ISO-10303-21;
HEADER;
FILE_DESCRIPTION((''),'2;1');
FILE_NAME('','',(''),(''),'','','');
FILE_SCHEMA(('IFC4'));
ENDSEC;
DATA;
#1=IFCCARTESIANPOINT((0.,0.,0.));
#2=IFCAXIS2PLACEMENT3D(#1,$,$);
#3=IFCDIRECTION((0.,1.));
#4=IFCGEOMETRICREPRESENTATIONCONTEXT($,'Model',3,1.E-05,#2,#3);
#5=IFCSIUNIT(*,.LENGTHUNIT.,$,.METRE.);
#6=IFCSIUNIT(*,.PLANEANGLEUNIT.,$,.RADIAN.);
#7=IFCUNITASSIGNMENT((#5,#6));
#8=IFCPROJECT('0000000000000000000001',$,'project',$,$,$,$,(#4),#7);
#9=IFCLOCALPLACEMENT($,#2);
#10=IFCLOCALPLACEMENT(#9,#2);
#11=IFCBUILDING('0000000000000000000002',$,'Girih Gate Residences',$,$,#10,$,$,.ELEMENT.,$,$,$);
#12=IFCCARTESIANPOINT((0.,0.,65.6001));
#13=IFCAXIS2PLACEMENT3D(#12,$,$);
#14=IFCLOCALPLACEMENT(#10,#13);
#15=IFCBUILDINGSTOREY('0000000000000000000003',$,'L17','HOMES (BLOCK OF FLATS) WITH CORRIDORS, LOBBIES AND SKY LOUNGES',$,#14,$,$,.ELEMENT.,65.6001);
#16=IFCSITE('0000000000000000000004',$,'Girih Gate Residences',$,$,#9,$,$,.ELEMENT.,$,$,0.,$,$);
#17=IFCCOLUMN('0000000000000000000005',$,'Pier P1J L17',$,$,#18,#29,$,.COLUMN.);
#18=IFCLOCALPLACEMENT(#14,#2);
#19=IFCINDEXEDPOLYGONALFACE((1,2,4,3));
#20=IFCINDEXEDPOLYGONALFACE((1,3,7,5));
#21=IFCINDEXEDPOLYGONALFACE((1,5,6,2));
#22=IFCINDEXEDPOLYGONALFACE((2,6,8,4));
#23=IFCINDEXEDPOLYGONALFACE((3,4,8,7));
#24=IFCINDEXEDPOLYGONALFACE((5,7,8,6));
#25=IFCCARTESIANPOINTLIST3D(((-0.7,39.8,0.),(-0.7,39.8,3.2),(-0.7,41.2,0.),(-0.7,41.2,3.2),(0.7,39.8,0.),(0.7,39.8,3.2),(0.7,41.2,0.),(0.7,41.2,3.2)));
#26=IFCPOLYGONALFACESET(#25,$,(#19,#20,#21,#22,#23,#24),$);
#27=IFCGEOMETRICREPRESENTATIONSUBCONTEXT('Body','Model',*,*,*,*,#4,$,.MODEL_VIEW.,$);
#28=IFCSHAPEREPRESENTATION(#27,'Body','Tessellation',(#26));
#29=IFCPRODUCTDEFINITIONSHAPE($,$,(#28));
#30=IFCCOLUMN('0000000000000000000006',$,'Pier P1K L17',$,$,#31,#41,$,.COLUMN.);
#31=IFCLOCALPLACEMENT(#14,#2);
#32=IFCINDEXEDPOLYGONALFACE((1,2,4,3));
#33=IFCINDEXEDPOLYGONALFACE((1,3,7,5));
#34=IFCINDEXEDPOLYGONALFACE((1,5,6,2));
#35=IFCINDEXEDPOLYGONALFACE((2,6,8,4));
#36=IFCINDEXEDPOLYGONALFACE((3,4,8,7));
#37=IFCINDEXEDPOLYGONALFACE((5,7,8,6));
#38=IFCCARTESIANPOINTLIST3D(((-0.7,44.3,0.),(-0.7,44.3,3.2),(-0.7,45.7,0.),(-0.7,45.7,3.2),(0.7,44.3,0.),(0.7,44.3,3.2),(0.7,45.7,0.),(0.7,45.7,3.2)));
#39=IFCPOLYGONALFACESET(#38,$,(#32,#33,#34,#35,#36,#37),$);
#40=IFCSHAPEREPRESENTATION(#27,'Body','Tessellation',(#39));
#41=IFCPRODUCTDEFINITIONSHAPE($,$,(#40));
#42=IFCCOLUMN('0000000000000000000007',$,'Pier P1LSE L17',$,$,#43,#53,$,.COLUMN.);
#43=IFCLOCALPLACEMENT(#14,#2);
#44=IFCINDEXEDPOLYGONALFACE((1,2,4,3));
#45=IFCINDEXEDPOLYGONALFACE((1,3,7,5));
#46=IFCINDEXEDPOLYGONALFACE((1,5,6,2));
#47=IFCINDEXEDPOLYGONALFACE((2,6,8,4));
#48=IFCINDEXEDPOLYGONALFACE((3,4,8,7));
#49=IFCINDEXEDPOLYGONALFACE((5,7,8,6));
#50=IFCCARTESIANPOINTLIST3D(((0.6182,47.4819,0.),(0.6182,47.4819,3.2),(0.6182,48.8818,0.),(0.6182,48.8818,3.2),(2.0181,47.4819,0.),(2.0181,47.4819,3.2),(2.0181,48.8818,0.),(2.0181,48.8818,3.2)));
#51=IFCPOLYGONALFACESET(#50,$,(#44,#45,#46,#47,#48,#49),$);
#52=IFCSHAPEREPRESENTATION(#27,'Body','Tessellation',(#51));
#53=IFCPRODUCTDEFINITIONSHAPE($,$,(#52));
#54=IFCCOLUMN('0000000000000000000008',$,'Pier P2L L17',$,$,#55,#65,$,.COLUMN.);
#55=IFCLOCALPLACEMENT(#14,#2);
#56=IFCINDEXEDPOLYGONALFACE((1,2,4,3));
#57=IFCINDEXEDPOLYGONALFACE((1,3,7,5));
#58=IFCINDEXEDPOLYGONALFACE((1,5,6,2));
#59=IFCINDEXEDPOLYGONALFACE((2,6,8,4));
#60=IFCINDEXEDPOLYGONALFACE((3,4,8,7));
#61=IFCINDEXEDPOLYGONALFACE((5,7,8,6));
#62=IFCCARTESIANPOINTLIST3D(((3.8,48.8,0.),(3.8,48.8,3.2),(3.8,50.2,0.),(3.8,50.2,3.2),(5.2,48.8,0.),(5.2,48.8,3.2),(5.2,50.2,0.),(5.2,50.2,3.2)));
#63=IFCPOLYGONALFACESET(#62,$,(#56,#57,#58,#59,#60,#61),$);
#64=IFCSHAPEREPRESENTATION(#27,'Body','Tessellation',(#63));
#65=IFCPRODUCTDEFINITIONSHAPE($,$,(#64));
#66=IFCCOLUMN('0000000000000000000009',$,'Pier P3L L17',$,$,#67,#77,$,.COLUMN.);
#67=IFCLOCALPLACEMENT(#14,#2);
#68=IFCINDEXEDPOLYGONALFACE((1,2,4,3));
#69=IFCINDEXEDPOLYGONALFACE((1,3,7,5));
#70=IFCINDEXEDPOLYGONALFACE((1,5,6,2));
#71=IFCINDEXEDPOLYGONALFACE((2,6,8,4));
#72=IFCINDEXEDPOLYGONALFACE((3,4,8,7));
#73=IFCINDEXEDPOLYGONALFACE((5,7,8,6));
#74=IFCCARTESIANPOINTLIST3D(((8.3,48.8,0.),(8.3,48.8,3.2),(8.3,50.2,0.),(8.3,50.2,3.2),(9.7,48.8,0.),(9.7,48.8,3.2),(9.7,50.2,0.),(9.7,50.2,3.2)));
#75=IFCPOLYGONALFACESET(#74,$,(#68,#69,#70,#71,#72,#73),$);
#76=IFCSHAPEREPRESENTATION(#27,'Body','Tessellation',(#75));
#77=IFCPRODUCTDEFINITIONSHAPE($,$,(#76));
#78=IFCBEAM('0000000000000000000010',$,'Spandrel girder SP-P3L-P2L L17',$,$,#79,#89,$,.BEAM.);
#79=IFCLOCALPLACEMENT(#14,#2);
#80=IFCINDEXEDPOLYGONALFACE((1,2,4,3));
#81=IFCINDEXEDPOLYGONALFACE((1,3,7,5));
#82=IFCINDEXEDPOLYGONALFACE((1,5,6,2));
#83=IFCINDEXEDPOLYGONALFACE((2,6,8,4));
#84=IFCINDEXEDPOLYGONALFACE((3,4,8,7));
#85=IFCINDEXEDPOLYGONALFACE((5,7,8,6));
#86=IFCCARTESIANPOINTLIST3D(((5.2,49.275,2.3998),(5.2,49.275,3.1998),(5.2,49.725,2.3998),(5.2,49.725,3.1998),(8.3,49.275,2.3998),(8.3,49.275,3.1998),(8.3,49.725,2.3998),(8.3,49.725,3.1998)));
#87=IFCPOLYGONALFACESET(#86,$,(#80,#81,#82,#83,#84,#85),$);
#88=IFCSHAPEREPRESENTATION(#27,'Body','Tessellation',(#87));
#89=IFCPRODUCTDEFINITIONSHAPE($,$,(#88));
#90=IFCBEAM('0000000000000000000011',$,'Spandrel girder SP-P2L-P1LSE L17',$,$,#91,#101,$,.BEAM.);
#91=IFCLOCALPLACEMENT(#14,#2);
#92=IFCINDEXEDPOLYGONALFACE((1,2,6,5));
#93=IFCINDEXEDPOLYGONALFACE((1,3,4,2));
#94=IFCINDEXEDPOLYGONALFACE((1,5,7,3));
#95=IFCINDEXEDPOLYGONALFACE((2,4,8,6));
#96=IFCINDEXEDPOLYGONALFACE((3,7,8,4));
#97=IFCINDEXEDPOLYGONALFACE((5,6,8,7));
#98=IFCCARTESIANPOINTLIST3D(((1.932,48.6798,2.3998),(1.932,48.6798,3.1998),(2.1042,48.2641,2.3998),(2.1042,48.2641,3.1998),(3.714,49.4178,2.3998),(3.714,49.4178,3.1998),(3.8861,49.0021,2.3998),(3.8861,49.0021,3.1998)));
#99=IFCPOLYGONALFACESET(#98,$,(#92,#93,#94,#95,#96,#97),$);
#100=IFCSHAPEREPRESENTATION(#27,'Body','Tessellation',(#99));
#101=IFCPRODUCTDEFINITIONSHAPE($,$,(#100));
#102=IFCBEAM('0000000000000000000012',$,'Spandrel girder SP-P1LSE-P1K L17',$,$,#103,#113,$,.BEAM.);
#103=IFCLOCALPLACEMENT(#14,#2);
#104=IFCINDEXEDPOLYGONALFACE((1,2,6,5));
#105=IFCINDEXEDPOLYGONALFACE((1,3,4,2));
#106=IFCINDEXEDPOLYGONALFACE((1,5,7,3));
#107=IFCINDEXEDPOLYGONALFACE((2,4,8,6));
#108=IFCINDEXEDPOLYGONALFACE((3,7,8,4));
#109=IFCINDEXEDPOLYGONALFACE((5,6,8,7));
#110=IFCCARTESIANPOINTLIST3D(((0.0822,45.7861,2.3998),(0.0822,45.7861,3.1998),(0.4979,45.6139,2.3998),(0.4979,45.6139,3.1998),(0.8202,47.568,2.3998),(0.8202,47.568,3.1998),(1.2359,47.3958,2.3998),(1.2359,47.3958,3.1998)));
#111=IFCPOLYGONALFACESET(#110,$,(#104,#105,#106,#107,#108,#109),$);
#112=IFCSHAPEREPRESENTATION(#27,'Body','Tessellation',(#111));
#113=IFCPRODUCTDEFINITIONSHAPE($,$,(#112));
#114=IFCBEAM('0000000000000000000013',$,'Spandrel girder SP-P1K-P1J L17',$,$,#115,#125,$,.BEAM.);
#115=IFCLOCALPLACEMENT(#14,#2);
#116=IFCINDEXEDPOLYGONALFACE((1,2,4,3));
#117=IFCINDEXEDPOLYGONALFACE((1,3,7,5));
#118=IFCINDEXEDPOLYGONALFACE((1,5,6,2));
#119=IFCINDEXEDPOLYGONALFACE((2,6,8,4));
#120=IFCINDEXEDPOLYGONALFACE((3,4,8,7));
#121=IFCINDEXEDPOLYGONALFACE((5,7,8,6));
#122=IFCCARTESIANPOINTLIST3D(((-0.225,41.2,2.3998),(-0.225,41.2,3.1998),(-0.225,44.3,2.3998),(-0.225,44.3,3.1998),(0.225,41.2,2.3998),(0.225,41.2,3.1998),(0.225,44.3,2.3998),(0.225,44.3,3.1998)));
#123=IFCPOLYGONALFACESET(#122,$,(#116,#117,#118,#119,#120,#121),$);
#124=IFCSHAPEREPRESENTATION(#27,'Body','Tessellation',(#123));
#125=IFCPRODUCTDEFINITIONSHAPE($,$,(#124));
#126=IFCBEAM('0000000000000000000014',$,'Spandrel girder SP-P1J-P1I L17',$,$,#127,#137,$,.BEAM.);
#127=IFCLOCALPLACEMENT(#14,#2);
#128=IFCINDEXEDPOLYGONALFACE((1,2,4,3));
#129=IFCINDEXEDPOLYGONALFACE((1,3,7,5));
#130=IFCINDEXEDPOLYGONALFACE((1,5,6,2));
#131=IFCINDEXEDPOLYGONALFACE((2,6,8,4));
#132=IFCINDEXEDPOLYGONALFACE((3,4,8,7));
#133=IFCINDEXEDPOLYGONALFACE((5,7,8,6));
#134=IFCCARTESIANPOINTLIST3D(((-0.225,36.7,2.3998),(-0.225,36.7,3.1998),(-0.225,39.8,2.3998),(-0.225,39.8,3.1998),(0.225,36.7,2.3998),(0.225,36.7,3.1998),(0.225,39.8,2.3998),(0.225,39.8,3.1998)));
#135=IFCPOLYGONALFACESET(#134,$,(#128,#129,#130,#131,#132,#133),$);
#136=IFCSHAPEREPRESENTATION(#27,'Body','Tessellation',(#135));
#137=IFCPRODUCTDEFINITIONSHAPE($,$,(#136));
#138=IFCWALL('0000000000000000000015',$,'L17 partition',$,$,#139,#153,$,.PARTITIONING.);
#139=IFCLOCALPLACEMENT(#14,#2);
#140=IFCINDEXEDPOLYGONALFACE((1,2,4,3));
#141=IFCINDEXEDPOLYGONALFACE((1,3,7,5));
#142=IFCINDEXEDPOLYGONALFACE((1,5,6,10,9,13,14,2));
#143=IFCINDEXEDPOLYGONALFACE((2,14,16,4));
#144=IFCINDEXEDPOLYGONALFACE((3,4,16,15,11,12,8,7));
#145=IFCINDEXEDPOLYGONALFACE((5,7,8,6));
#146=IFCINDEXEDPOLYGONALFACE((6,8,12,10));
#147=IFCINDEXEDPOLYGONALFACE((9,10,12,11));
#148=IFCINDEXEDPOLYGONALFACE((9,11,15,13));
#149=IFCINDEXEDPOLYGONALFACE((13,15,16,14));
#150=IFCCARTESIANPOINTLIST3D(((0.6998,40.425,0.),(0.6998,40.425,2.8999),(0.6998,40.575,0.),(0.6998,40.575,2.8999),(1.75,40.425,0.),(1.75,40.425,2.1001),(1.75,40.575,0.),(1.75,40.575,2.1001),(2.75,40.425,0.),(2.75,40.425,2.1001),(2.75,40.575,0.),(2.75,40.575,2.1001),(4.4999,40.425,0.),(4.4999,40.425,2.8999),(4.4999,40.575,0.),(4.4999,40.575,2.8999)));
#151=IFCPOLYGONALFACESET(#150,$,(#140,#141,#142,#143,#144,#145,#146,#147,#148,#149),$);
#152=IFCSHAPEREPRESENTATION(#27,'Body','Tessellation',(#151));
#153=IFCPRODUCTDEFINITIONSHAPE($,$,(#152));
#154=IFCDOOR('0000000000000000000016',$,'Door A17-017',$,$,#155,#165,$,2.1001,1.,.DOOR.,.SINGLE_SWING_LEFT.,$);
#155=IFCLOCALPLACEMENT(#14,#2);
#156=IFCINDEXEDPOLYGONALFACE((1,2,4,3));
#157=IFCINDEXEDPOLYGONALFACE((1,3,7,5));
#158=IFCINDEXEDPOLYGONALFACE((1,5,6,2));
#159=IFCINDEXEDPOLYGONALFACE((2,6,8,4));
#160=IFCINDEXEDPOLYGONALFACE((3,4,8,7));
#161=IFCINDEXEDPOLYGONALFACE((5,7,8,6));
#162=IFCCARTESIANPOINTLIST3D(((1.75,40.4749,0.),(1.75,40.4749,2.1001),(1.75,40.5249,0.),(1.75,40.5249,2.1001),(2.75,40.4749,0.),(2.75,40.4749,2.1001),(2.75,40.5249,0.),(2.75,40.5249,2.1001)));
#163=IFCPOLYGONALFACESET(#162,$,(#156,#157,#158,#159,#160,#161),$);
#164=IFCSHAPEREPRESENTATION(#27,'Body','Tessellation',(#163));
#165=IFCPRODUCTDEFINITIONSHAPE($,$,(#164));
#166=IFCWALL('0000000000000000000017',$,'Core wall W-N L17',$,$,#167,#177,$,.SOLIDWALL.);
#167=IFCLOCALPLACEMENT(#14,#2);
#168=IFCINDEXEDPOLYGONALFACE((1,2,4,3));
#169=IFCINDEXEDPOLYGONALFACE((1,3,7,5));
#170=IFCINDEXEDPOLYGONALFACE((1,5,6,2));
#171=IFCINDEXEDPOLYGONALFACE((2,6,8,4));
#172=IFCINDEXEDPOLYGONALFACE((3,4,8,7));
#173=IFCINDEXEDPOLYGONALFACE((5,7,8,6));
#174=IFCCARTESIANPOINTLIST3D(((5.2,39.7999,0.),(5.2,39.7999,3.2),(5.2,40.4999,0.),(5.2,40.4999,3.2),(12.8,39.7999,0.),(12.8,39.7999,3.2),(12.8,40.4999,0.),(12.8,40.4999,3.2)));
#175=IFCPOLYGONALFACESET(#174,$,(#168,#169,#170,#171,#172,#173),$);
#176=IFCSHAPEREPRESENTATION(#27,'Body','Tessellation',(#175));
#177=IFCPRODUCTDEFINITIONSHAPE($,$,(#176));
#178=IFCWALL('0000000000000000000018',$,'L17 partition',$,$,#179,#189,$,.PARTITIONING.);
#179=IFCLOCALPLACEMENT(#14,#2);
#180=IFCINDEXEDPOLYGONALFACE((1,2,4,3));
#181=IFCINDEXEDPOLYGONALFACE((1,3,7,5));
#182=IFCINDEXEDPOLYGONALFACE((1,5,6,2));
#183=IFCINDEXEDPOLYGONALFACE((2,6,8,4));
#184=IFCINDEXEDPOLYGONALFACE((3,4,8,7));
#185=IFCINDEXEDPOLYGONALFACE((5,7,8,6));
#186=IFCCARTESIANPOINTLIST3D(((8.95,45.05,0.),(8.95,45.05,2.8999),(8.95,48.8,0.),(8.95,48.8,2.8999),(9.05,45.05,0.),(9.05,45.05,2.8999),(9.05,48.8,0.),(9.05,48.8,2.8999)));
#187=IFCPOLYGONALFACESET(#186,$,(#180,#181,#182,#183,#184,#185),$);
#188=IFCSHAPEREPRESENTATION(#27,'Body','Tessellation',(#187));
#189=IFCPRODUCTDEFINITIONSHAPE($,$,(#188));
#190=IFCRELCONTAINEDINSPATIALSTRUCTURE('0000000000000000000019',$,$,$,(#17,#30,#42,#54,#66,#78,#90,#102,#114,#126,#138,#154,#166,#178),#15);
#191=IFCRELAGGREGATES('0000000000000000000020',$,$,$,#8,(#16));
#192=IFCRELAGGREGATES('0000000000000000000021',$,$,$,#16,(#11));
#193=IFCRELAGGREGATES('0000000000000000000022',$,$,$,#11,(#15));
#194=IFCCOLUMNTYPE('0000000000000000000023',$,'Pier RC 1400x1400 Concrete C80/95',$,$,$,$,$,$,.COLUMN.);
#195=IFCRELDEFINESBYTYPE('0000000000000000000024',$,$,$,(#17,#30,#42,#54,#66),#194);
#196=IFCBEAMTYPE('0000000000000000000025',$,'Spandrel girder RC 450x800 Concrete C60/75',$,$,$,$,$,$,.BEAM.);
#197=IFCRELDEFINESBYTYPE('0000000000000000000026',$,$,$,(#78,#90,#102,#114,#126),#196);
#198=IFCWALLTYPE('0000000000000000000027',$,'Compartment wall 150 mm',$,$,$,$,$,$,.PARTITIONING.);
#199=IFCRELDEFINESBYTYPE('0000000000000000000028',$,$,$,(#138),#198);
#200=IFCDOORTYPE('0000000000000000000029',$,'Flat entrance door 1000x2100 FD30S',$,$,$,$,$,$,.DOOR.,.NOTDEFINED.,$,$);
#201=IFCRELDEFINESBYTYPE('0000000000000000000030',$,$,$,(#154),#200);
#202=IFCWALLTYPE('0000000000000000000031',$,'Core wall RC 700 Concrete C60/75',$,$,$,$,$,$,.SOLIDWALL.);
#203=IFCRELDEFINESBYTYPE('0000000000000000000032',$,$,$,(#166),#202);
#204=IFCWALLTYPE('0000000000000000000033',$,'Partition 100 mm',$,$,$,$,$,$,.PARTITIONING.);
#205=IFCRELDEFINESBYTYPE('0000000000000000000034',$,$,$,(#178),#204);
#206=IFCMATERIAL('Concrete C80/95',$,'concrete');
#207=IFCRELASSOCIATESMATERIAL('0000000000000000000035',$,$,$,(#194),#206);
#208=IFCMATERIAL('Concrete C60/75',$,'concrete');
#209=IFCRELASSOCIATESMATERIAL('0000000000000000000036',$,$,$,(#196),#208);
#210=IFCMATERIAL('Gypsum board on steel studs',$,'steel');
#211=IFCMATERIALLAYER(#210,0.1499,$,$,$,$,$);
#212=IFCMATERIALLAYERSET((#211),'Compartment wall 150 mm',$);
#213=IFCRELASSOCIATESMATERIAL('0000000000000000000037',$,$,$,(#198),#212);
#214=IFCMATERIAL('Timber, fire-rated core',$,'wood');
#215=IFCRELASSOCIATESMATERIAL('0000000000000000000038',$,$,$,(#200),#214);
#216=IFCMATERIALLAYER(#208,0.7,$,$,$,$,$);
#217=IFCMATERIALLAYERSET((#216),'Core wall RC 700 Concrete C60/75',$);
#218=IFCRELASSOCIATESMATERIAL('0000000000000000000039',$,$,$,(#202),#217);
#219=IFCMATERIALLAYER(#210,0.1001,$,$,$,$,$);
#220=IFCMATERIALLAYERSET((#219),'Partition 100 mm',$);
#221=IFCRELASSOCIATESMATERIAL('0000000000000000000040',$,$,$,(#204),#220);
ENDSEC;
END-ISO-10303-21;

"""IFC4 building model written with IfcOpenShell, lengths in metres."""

from ifc_helpers import new_model, si_unit, direction, frame, frame_2d, origin, origin_2d, place, context, subcontext, project, spatial, rectangle, extrude, material, layer, layer_set, material_profile, profile_set, type_object, element, fill, save


model = new_model("IFC4")

# Units and contexts
model_context = context("Model", 3, precision=1e-05, world=origin(), true_north=direction((0.0, 1.0)))
body_context = subcontext(model_context, "Body", "Model", "MODEL_VIEW")
ifc_project = project(units=[si_unit("LENGTHUNIT", "METRE"), si_unit("PLANEANGLEUNIT", "RADIAN")], contexts=[model_context])

# Site, building, storey
site_placement = place(None, origin())
site = spatial("IfcSite", under=ifc_project, at=site_placement, Name="Girih Gate Residences", CompositionType="ELEMENT", RefElevation=0.0)
building_placement = place(site_placement, origin())
building = spatial("IfcBuilding", under=site, at=building_placement, Name="Girih Gate Residences", CompositionType="ELEMENT")
storey_placement = place(building_placement, frame((0.0, 0.0, 65.6001)))
storey = spatial("IfcBuildingStorey", under=building, at=storey_placement, Name="L17", Description="HOMES (BLOCK OF FLATS) WITH CORRIDORS, LOBBIES AND SKY LOUNGES", CompositionType="ELEMENT", Elevation=65.6001)

# Columns
ifc_material_1 = material(Name="Concrete C80/95", Category="concrete")
ifc_material_profile_1 = material_profile(ifc_material_1, rectangle(XDim=1.3999, YDim=1.3999, at=origin_2d()))
ifc_profile_set_1 = profile_set([ifc_material_profile_1], Name="Concrete C80/95")
column_type = type_object("IfcColumnType", Name="Pier RC 1400x1400 Concrete C80/95", PredefinedType="COLUMN", material=ifc_profile_set_1)
for number, where, z_axis, x_axis, name in (
    (1, (0.0, 40.5, 0.0), (0.0, 0.0, 1.0), (1.0, 0.0, 0.0), "Pier P1J L17"),
    (2, (0.0, 45.0, 0.0), (0.0, 0.0, 1.0), (1.0, 0.0, 0.0), "Pier P1K L17"),
    (3, (1.3181, 48.1819, 0.0), (0.0, 0.0, 1.0), (1.0, 0.0, 0.0), "Pier P1LSE L17"),
    (4, (4.5, 49.5, 0.0), (0.0, 0.0, 1.0), (1.0, 0.0, 0.0), "Pier P2L L17"),
    (5, (9.0, 49.5, 0.0), (0.0, 0.0, 1.0), (1.0, 0.0, 0.0), "Pier P3L L17"),
):
    element("IfcColumn", number, at=place(storey_placement, frame(where, z_axis=z_axis, x_axis=x_axis)), inside=storey, type_object=column_type, Name=name, PredefinedType="COLUMN", context=body_context, shape_type="SweptSolid", body=[
        extrude(rectangle(XDim=1.3999, YDim=1.3999, at=origin_2d()), origin(), (0.0, 0.0, 1.0), 3.2),
    ])

# Beams
ifc_material_2 = material(Name="Concrete C60/75", Category="concrete")
ifc_material_profile_2 = material_profile(ifc_material_2, rectangle(XDim=0.45, YDim=0.8, at=origin_2d()))
ifc_profile_set_2 = profile_set([ifc_material_profile_2], Name="Concrete C60/75")
beam_type = type_object("IfcBeamType", Name="Spandrel girder RC 450x800 Concrete C60/75", PredefinedType="BEAM", material=ifc_profile_set_2)
beam_placement = place(storey_placement, frame((8.3, 49.5, 2.7998), z_axis=(-1.0, 0.0, 0.0), x_axis=(0.0, -1.0, 0.0)))
element("IfcBeam", 6, at=beam_placement, inside=storey, type_object=beam_type, Name="Spandrel girder SP-P3L-P2L L17", PredefinedType="BEAM", context=body_context, shape_type="SweptSolid", body=[
    extrude(rectangle(XDim=0.45, YDim=0.8, at=origin_2d()), origin(), (0.0, 0.0, 1.0), 3.1001),
])
for number, where, z_axis, x_axis, name in (
    (7, (3.8, 49.21, 2.7998), (-0.923895, -0.382646, 0.0), (0.382646, -0.923895, 0.0), "Spandrel girder SP-P2L-P1LSE L17"),
    (8, (1.0281, 47.4819, 2.7998), (-0.382646, -0.923895, 0.0), (0.923895, -0.382646, 0.0), "Spandrel girder SP-P1LSE-P1K L17"),
):
    element("IfcBeam", number, at=place(storey_placement, frame(where, z_axis=z_axis, x_axis=x_axis)), inside=storey, type_object=beam_type, Name=name, PredefinedType="BEAM", context=body_context, shape_type="SweptSolid", body=[
        extrude(rectangle(XDim=0.45, YDim=0.8, at=origin_2d()), origin(), (0.0, 0.0, 1.0), 1.9287),
    ])
for number, where, z_axis, x_axis, name in (
    (9, (0.0, 44.3, 2.7998), (0.0, -1.0, 0.0), (1.0, 0.0, 0.0), "Spandrel girder SP-P1K-P1J L17"),
    (10, (0.0, 39.8, 2.7998), (0.0, -1.0, 0.0), (1.0, 0.0, 0.0), "Spandrel girder SP-P1J-P1I L17"),
):
    element("IfcBeam", number, at=place(storey_placement, frame(where, z_axis=z_axis, x_axis=x_axis)), inside=storey, type_object=beam_type, Name=name, PredefinedType="BEAM", context=body_context, shape_type="SweptSolid", body=[
        extrude(rectangle(XDim=0.45, YDim=0.8, at=origin_2d()), origin(), (0.0, 0.0, 1.0), 3.1001),
    ])

# Wall, opening, door
ifc_material_3 = material(Name="Gypsum board on steel studs", Category="steel")
ifc_layer_1 = layer(ifc_material_3, 0.1499)
ifc_layer_set_1 = layer_set([ifc_layer_1], Name="Compartment wall 150 mm")
wall_type_1 = type_object("IfcWallType", Name="Compartment wall 150 mm", PredefinedType="PARTITIONING", material=ifc_layer_set_1)
wall_1_placement = place(storey_placement, frame((0.7, 40.5, 0.0), z_axis=(0.0, 0.0, 1.0), x_axis=(1.0, 0.0, 0.0)))
wall_1 = element("IfcWall", 11, at=wall_1_placement, inside=storey, type_object=wall_type_1, Name="L17 partition", PredefinedType="PARTITIONING", context=body_context, shape_type="SweptSolid", body=[
    extrude(rectangle(XDim=3.8, YDim=0.1499, at=frame_2d((1.8999, 0.0))), origin(), (0.0, 0.0, 1.0), 2.8999),
])
opening_1_placement = place(wall_1_placement, frame((1.05, 0.0, 0.0)))
opening_1 = element("IfcOpeningElement", 12, at=opening_1_placement, cuts=wall_1, PredefinedType="OPENING", context=body_context, shape_type="SweptSolid", body=[
    extrude(rectangle(XDim=1.0, YDim=2.1001, at=frame_2d((0.5, 1.05))), frame((0.0, 0.085, 0.0), z_axis=(0.0, -1.0, 0.0), x_axis=(1.0, 0.0, 0.0)), (0.0, 0.0, 1.0), 0.1699),
])
ifc_material_4 = material(Name="Timber, fire-rated core", Category="wood")
door_type_1 = type_object("IfcDoorType", Name="Flat entrance door 1000x2100 FD30S", OperationType="NOTDEFINED", PredefinedType="DOOR", material=ifc_material_4)
door_1_placement = place(opening_1_placement, origin())
door_1 = element("IfcDoor", 13, at=door_1_placement, inside=storey, type_object=door_type_1, Name="Door A17-017", OperationType="SINGLE_SWING_LEFT", OverallHeight=2.1001, OverallWidth=1.0, PredefinedType="DOOR", context=body_context, shape_type="SweptSolid", body=[
    extrude(rectangle(XDim=1.0, YDim=2.1001, at=frame_2d((0.5, 1.05))), frame((0.0, 0.0249, 0.0), z_axis=(0.0, -1.0, 0.0), x_axis=(1.0, 0.0, 0.0)), (0.0, 0.0, 1.0), 0.05),
])
fill(opening_1, door_1)

# Walls
ifc_layer_2 = layer(ifc_material_2, 0.7)
ifc_layer_set_2 = layer_set([ifc_layer_2], Name="Core wall RC 700 Concrete C60/75")
wall_type_2 = type_object("IfcWallType", Name="Core wall RC 700 Concrete C60/75", PredefinedType="SOLIDWALL", material=ifc_layer_set_2)
wall_2_placement = place(storey_placement, frame((5.2, 40.1499, 0.0), z_axis=(0.0, 0.0, 1.0), x_axis=(1.0, 0.0, 0.0)))
element("IfcWall", 14, at=wall_2_placement, inside=storey, type_object=wall_type_2, Name="Core wall W-N L17", PredefinedType="SOLIDWALL", context=body_context, shape_type="SweptSolid", body=[
    extrude(rectangle(XDim=7.6001, YDim=0.7, at=frame_2d((3.8, 0.0))), origin(), (0.0, 0.0, 1.0), 3.2),
])
ifc_layer_3 = layer(ifc_material_3, 0.1001)
ifc_layer_set_3 = layer_set([ifc_layer_3], Name="Partition 100 mm")
wall_type_3 = type_object("IfcWallType", Name="Partition 100 mm", PredefinedType="PARTITIONING", material=ifc_layer_set_3)
wall_3_placement = place(storey_placement, frame((9.0, 45.05, 0.0), z_axis=(0.0, 0.0, 1.0), x_axis=(0.0, 1.0, 0.0)))
element("IfcWall", 15, at=wall_3_placement, inside=storey, type_object=wall_type_3, Name="L17 partition", PredefinedType="PARTITIONING", context=body_context, shape_type="SweptSolid", body=[
    extrude(rectangle(XDim=3.75, YDim=0.1001, at=frame_2d((1.875, 0.0))), origin(), (0.0, 0.0, 1.0), 2.8999),
])

save(model, "model.ifc")
